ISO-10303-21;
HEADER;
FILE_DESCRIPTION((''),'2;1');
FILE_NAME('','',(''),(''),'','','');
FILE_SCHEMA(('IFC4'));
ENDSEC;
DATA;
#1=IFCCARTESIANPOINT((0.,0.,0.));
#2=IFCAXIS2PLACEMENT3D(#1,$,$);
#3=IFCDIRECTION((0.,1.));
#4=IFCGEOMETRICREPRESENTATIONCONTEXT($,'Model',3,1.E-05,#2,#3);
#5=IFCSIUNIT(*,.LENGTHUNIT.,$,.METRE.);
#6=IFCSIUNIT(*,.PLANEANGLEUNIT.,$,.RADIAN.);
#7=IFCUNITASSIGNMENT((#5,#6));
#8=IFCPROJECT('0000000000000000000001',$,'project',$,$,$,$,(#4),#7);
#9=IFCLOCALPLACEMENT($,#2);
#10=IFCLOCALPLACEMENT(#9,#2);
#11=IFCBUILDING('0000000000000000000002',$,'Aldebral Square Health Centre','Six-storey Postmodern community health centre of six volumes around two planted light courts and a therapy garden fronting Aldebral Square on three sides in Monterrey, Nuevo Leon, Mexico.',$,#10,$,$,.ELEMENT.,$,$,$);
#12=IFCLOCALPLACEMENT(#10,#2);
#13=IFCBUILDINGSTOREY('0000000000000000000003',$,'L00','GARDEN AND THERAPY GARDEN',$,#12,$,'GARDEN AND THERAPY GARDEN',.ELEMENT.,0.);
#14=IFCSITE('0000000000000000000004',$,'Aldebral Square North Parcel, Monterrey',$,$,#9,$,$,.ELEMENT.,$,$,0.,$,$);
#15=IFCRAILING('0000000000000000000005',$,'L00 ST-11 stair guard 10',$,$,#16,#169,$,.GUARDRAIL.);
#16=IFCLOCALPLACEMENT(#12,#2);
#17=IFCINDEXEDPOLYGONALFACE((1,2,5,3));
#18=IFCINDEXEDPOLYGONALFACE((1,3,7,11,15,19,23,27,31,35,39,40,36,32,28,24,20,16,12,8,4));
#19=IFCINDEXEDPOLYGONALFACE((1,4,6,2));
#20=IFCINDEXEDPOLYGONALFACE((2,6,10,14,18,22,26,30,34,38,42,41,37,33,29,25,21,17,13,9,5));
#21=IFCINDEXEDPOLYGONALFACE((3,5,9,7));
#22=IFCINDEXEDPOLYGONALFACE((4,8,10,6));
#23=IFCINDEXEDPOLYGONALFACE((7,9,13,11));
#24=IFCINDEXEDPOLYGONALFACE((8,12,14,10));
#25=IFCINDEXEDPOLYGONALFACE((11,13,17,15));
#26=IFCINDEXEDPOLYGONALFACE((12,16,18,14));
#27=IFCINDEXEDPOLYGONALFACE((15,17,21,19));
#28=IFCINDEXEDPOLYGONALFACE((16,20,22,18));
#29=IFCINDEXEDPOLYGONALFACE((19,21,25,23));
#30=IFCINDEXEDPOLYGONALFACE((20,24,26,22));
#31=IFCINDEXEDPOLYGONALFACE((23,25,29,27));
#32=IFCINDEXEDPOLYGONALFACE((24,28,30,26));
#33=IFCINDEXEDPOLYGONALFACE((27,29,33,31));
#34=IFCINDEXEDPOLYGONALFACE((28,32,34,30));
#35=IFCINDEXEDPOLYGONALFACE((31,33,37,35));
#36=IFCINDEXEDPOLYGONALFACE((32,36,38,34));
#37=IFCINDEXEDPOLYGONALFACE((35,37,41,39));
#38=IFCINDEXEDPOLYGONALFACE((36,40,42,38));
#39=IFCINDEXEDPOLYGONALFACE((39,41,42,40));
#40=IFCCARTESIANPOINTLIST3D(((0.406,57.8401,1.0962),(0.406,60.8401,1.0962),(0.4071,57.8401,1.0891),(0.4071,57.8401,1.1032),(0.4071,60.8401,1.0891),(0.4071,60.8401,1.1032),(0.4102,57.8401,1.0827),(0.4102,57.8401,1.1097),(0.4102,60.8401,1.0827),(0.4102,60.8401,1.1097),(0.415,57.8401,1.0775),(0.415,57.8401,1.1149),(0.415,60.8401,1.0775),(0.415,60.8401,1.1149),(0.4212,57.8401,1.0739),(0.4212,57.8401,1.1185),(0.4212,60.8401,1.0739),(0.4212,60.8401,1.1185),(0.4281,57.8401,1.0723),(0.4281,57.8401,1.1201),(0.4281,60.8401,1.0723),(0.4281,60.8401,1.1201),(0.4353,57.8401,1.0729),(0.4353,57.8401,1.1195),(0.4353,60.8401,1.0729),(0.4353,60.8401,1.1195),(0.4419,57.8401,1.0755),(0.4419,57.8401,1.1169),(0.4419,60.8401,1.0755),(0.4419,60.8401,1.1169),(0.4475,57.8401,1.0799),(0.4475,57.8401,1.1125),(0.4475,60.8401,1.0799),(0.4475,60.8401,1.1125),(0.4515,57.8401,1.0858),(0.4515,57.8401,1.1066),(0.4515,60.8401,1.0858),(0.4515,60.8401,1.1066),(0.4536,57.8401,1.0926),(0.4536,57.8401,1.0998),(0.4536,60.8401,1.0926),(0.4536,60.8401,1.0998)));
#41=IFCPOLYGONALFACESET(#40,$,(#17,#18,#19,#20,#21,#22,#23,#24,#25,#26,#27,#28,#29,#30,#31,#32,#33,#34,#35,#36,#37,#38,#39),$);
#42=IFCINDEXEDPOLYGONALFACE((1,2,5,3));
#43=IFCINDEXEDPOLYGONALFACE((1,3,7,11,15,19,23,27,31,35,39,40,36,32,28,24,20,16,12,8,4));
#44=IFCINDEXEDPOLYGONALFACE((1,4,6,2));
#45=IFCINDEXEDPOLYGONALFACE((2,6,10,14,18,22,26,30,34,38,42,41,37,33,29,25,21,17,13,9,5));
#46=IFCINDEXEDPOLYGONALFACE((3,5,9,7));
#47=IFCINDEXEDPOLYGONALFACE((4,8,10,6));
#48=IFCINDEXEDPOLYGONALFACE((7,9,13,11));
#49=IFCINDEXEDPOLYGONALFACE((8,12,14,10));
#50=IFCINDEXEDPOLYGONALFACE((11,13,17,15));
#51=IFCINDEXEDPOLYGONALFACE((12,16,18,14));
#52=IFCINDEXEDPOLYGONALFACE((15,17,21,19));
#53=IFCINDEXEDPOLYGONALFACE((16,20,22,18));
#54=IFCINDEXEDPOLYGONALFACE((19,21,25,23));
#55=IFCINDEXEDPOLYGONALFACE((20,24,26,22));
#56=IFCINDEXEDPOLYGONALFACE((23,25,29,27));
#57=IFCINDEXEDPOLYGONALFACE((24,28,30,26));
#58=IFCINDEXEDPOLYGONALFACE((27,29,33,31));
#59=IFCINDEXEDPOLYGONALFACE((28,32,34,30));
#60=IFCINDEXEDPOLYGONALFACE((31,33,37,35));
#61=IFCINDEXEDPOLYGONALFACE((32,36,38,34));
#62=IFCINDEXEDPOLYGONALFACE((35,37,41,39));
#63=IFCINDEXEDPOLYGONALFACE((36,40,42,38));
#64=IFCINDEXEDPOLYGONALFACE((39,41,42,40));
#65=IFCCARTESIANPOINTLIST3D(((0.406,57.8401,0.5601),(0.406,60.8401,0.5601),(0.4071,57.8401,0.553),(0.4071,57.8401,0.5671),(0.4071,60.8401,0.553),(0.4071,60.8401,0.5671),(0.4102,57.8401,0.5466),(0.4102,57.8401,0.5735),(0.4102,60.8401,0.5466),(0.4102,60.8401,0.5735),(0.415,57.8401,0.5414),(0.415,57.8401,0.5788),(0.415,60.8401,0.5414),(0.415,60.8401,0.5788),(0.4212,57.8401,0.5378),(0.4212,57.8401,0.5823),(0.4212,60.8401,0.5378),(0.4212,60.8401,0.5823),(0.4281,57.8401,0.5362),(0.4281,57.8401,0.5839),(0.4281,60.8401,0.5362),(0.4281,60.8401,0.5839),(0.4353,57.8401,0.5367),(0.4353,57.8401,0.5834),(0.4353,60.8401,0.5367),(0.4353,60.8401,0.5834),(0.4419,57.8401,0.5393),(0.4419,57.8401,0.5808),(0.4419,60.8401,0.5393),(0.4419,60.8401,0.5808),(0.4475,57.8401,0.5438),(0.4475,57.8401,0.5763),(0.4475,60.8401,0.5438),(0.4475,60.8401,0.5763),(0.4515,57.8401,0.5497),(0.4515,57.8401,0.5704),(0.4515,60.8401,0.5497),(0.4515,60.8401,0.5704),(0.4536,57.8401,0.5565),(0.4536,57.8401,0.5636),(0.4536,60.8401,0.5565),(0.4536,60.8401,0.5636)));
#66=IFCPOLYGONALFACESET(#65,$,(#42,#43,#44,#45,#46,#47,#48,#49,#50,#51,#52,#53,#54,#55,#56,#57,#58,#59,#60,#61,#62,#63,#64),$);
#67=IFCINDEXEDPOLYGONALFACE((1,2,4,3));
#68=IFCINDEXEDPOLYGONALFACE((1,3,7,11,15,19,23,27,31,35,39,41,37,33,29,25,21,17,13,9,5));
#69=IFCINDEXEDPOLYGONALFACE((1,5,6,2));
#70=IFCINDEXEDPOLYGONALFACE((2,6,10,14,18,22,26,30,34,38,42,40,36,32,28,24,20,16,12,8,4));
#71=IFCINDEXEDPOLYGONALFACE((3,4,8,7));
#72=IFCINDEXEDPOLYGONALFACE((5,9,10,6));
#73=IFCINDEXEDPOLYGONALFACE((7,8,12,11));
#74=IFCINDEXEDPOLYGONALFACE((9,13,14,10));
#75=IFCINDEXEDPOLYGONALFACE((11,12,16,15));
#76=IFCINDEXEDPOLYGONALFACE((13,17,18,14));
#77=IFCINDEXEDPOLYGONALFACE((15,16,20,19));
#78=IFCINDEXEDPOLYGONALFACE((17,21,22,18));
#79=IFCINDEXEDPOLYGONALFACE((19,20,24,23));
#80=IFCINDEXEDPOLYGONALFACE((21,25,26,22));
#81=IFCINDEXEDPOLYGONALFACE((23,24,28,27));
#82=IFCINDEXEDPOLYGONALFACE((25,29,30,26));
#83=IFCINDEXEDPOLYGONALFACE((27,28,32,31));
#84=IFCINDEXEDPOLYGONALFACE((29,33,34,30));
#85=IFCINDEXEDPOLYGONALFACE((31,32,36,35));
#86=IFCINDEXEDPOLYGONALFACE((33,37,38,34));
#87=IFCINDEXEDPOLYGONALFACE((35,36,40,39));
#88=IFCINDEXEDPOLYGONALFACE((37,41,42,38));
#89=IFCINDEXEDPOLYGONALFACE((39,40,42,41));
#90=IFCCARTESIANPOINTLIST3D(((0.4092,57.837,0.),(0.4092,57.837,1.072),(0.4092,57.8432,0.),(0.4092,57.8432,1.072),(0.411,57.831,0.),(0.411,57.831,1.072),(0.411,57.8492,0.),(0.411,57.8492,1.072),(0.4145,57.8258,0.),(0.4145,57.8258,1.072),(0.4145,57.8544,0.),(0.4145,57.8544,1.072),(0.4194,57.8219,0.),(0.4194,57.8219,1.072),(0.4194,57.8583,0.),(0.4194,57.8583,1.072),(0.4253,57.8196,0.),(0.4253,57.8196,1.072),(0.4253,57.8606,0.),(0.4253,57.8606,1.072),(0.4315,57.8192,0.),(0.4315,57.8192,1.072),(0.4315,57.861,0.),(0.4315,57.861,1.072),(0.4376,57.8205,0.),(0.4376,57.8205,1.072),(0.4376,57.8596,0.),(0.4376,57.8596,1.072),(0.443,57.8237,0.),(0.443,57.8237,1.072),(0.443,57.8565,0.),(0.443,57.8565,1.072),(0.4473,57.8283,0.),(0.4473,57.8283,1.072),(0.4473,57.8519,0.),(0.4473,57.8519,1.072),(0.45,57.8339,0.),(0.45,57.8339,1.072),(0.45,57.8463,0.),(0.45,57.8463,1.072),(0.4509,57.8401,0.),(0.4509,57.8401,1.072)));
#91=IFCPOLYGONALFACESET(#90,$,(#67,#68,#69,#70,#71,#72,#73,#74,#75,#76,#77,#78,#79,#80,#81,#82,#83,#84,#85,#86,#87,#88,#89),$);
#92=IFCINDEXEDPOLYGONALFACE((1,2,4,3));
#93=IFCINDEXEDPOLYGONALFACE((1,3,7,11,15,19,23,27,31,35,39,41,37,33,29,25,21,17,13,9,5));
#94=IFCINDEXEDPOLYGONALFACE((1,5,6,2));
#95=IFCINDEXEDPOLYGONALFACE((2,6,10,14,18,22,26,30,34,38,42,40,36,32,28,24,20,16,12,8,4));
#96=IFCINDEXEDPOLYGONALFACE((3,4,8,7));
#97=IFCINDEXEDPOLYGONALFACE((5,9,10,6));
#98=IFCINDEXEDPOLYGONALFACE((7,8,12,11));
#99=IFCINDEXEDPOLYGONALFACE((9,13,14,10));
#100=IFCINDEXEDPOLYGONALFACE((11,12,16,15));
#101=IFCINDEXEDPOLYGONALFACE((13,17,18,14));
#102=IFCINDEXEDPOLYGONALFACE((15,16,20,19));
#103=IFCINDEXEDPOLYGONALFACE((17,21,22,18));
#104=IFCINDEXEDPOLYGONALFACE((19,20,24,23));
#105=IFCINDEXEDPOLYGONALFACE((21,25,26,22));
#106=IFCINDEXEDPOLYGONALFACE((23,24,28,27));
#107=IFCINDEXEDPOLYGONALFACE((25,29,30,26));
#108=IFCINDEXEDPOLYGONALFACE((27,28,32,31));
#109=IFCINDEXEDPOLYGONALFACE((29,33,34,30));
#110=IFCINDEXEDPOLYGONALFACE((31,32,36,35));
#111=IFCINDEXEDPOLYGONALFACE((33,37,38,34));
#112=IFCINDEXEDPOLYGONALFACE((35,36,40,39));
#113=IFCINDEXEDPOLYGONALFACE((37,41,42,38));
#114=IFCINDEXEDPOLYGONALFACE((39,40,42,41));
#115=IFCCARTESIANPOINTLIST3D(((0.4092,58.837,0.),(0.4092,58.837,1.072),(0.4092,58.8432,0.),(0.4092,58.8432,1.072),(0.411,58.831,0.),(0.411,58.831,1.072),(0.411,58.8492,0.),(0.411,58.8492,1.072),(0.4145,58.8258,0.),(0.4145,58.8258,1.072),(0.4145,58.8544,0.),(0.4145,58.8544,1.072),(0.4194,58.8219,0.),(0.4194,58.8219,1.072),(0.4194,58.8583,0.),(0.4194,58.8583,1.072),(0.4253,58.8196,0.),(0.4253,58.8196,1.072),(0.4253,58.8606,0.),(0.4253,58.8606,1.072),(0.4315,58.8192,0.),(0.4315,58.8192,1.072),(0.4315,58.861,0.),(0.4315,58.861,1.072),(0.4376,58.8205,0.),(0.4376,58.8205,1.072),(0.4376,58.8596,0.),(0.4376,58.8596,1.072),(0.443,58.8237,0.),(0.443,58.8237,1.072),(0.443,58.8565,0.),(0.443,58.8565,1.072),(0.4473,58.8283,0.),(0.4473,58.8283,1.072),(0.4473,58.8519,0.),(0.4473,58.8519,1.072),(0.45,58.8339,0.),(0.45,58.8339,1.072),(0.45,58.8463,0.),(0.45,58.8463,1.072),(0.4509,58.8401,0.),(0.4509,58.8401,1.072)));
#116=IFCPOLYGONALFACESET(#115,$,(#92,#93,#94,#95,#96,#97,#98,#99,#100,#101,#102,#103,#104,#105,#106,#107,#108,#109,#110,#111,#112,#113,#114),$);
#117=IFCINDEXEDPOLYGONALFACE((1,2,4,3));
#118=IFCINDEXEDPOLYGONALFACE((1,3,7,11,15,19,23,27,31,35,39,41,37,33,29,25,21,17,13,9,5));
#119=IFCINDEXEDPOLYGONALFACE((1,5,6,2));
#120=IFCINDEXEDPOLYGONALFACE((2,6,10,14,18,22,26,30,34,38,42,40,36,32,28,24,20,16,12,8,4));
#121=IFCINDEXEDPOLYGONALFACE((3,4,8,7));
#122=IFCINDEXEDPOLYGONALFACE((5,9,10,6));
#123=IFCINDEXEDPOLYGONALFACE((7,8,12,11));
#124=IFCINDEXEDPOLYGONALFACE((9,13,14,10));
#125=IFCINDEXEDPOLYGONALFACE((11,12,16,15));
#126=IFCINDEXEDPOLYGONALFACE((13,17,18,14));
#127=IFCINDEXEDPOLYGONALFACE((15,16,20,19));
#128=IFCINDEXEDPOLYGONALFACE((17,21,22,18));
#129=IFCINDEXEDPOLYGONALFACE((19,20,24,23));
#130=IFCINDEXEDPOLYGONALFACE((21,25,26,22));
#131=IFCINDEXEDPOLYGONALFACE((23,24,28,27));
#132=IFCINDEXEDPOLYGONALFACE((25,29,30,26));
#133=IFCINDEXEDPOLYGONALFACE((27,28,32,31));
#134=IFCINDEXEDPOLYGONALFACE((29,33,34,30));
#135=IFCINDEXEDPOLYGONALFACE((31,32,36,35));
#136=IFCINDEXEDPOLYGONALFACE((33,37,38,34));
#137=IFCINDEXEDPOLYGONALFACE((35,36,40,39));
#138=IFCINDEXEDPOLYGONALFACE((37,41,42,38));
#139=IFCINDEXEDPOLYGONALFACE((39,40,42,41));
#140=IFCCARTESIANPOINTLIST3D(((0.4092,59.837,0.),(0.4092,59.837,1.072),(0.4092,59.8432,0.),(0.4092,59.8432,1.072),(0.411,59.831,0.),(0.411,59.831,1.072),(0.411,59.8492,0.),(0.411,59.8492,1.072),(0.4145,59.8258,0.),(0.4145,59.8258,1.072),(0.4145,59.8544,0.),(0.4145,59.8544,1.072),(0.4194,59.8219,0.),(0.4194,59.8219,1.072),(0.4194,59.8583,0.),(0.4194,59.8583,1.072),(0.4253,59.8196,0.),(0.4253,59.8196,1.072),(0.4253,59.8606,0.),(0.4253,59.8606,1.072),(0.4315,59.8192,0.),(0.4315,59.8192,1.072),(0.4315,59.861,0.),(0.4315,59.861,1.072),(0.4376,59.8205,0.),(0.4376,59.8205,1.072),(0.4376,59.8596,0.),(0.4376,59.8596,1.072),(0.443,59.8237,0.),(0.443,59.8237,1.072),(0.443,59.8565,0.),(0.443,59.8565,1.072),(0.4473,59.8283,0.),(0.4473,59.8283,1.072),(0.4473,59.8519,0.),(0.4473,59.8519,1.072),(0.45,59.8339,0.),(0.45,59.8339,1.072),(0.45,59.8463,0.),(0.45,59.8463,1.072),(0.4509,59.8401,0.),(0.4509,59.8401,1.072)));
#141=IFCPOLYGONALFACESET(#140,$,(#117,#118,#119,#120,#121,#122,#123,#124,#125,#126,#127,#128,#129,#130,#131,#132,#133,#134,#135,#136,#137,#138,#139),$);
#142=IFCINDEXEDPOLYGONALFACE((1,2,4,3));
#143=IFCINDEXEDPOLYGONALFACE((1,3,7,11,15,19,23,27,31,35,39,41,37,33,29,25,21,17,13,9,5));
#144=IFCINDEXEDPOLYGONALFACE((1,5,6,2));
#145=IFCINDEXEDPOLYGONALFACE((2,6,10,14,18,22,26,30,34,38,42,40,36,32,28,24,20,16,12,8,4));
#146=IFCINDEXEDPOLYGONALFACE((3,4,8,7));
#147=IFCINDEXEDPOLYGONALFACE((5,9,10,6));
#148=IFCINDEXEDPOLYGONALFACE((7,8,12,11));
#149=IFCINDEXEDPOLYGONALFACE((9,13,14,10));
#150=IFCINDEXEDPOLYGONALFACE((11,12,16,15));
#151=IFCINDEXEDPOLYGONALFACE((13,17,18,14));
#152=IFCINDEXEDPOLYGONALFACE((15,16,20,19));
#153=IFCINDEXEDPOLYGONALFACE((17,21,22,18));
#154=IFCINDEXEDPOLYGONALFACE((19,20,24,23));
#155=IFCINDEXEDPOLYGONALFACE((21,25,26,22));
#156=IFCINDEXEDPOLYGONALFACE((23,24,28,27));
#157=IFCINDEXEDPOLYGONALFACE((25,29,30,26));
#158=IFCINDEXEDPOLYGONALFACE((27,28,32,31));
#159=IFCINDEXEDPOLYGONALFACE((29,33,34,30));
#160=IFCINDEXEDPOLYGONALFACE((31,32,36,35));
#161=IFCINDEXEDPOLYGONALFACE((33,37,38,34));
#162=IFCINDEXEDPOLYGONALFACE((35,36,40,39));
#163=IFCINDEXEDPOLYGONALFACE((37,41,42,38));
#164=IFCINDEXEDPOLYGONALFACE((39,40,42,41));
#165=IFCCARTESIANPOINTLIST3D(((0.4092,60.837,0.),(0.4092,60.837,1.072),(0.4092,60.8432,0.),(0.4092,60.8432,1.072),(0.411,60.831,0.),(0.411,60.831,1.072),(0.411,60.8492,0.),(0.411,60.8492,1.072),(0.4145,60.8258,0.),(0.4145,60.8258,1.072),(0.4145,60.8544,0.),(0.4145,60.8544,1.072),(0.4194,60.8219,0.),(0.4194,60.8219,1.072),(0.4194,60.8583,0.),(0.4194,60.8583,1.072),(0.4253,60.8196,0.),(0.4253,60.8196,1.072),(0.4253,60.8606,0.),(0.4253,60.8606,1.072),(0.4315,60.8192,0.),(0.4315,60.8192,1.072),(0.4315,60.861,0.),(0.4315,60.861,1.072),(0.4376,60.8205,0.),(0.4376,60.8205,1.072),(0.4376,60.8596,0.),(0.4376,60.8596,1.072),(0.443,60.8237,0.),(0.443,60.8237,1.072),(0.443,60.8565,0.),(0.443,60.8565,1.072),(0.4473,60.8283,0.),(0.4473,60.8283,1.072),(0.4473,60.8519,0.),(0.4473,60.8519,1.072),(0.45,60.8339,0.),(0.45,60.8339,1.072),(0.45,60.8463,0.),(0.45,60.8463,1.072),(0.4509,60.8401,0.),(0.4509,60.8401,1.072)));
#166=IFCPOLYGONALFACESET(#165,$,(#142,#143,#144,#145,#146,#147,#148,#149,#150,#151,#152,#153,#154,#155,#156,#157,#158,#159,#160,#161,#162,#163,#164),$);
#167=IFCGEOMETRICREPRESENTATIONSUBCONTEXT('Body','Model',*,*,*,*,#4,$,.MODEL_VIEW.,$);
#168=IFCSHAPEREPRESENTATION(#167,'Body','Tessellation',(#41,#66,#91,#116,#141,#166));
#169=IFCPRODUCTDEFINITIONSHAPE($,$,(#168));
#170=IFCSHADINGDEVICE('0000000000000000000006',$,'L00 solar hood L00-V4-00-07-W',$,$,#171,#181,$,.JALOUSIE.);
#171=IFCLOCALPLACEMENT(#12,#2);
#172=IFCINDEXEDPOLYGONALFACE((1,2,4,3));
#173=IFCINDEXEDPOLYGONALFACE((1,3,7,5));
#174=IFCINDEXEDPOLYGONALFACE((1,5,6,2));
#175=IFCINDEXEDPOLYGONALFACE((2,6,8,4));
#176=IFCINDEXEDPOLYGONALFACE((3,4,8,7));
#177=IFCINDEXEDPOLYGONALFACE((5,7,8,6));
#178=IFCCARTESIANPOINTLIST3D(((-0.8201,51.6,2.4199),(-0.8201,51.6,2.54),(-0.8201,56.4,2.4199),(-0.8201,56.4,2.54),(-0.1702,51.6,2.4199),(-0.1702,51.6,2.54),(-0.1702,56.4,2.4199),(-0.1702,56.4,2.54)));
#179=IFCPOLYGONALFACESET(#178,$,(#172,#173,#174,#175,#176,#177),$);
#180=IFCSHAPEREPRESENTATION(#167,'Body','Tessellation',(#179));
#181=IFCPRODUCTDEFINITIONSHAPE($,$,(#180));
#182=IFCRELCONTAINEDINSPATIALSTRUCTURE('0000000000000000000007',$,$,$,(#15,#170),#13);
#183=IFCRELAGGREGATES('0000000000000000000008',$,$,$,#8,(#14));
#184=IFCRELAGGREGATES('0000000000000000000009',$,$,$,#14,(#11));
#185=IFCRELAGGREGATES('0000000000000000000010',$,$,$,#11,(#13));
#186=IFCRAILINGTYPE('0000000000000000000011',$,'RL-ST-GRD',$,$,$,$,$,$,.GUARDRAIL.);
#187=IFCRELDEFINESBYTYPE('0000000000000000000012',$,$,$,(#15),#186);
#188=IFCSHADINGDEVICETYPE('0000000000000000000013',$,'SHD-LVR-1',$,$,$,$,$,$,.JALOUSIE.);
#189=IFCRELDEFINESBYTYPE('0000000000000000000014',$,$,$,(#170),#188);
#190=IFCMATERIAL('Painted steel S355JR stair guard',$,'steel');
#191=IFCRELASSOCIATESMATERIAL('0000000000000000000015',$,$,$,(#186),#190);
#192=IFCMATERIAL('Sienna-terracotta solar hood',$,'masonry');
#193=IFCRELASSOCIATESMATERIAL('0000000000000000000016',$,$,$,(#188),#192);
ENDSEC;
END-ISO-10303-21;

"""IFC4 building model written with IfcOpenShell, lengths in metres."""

from ifc_helpers import new_model, si_unit, direction, frame, origin, origin_2d, place, context, subcontext, project, spatial, rectangle, circle, extrude, material, type_object, element, save


model = new_model("IFC4")

# Units and contexts
model_context = context("Model", 3, precision=1e-05, world=origin(), true_north=direction((0.0, 1.0)))
body_context = subcontext(model_context, "Body", "Model", "MODEL_VIEW")
ifc_project = project(units=[si_unit("LENGTHUNIT", "METRE"), si_unit("PLANEANGLEUNIT", "RADIAN")], contexts=[model_context])

# Site, building, storey
site_placement = place(None, origin())
site = spatial("IfcSite", under=ifc_project, at=site_placement, Name="Aldebral Square North Parcel, Monterrey", CompositionType="ELEMENT", RefElevation=0.0)
building_placement = place(site_placement, origin())
building = spatial("IfcBuilding", under=site, at=building_placement, Name="Aldebral Square Health Centre", Description="Six-storey Postmodern community health centre of six volumes around two planted light courts and a therapy garden fronting Aldebral Square on three sides in Monterrey, Nuevo Leon, Mexico.", CompositionType="ELEMENT")
storey_placement = place(building_placement, origin())
storey = spatial("IfcBuildingStorey", under=building, at=storey_placement, Name="L00", Description="GARDEN AND THERAPY GARDEN", LongName="GARDEN AND THERAPY GARDEN", CompositionType="ELEMENT", Elevation=0.0)

# Railing
ifc_material_1 = material(Name="Painted steel S355JR stair guard", Category="steel")
railing_type = type_object("IfcRailingType", Name="RL-ST-GRD", PredefinedType="GUARDRAIL", material=ifc_material_1)
railing_1_placement = place(storey_placement, frame((0.4299, 57.8401, 0.0)))
element("IfcRailing", 1, at=railing_1_placement, inside=storey, type_object=railing_type, Name="L00 ST-11 stair guard 10", PredefinedType="GUARDRAIL", context=body_context, shape_type="SweptSolid", body=[
    extrude(circle(Radius=0.0239, at=origin_2d()), frame((0.0, 0.0, 1.0962), z_axis=(0.0, 1.0, 0.0), x_axis=(-1.0, 0.0, 0.0)), (0.0, 0.0, 1.0), 3.0),
    extrude(circle(Radius=0.0239, at=origin_2d()), frame((0.0, 0.0, 0.5601), z_axis=(0.0, 1.0, 0.0), x_axis=(-1.0, 0.0, 0.0)), (0.0, 0.0, 1.0), 3.0),
    extrude(circle(Radius=0.021, at=origin_2d()), origin(), (0.0, 0.0, 1.0), 1.072),
    extrude(circle(Radius=0.021, at=origin_2d()), frame((0.0, 1.0, 0.0)), (0.0, 0.0, 1.0), 1.072),
    extrude(circle(Radius=0.021, at=origin_2d()), frame((0.0, 2.0, 0.0)), (0.0, 0.0, 1.0), 1.072),
    extrude(circle(Radius=0.021, at=origin_2d()), frame((0.0, 3.0, 0.0)), (0.0, 0.0, 1.0), 1.072),
])

# Shading device
ifc_material_2 = material(Name="Sienna-terracotta solar hood", Category="masonry")
shading_device_type = type_object("IfcShadingDeviceType", Name="SHD-LVR-1", PredefinedType="JALOUSIE", material=ifc_material_2)
shading_device_placement = place(storey_placement, frame((-0.4951, 54.0, 2.4199), z_axis=(0.0, 0.0, 1.0), x_axis=(0.0, 1.0, 0.0)))
element("IfcShadingDevice", 2, at=shading_device_placement, inside=storey, type_object=shading_device_type, Name="L00 solar hood L00-V4-00-07-W", PredefinedType="JALOUSIE", context=body_context, shape_type="SweptSolid", body=[
    extrude(rectangle(XDim=4.8, YDim=0.6499, at=origin_2d()), origin(), (0.0, 0.0, 1.0), 0.1201),
])

save(model, "model.ifc")
